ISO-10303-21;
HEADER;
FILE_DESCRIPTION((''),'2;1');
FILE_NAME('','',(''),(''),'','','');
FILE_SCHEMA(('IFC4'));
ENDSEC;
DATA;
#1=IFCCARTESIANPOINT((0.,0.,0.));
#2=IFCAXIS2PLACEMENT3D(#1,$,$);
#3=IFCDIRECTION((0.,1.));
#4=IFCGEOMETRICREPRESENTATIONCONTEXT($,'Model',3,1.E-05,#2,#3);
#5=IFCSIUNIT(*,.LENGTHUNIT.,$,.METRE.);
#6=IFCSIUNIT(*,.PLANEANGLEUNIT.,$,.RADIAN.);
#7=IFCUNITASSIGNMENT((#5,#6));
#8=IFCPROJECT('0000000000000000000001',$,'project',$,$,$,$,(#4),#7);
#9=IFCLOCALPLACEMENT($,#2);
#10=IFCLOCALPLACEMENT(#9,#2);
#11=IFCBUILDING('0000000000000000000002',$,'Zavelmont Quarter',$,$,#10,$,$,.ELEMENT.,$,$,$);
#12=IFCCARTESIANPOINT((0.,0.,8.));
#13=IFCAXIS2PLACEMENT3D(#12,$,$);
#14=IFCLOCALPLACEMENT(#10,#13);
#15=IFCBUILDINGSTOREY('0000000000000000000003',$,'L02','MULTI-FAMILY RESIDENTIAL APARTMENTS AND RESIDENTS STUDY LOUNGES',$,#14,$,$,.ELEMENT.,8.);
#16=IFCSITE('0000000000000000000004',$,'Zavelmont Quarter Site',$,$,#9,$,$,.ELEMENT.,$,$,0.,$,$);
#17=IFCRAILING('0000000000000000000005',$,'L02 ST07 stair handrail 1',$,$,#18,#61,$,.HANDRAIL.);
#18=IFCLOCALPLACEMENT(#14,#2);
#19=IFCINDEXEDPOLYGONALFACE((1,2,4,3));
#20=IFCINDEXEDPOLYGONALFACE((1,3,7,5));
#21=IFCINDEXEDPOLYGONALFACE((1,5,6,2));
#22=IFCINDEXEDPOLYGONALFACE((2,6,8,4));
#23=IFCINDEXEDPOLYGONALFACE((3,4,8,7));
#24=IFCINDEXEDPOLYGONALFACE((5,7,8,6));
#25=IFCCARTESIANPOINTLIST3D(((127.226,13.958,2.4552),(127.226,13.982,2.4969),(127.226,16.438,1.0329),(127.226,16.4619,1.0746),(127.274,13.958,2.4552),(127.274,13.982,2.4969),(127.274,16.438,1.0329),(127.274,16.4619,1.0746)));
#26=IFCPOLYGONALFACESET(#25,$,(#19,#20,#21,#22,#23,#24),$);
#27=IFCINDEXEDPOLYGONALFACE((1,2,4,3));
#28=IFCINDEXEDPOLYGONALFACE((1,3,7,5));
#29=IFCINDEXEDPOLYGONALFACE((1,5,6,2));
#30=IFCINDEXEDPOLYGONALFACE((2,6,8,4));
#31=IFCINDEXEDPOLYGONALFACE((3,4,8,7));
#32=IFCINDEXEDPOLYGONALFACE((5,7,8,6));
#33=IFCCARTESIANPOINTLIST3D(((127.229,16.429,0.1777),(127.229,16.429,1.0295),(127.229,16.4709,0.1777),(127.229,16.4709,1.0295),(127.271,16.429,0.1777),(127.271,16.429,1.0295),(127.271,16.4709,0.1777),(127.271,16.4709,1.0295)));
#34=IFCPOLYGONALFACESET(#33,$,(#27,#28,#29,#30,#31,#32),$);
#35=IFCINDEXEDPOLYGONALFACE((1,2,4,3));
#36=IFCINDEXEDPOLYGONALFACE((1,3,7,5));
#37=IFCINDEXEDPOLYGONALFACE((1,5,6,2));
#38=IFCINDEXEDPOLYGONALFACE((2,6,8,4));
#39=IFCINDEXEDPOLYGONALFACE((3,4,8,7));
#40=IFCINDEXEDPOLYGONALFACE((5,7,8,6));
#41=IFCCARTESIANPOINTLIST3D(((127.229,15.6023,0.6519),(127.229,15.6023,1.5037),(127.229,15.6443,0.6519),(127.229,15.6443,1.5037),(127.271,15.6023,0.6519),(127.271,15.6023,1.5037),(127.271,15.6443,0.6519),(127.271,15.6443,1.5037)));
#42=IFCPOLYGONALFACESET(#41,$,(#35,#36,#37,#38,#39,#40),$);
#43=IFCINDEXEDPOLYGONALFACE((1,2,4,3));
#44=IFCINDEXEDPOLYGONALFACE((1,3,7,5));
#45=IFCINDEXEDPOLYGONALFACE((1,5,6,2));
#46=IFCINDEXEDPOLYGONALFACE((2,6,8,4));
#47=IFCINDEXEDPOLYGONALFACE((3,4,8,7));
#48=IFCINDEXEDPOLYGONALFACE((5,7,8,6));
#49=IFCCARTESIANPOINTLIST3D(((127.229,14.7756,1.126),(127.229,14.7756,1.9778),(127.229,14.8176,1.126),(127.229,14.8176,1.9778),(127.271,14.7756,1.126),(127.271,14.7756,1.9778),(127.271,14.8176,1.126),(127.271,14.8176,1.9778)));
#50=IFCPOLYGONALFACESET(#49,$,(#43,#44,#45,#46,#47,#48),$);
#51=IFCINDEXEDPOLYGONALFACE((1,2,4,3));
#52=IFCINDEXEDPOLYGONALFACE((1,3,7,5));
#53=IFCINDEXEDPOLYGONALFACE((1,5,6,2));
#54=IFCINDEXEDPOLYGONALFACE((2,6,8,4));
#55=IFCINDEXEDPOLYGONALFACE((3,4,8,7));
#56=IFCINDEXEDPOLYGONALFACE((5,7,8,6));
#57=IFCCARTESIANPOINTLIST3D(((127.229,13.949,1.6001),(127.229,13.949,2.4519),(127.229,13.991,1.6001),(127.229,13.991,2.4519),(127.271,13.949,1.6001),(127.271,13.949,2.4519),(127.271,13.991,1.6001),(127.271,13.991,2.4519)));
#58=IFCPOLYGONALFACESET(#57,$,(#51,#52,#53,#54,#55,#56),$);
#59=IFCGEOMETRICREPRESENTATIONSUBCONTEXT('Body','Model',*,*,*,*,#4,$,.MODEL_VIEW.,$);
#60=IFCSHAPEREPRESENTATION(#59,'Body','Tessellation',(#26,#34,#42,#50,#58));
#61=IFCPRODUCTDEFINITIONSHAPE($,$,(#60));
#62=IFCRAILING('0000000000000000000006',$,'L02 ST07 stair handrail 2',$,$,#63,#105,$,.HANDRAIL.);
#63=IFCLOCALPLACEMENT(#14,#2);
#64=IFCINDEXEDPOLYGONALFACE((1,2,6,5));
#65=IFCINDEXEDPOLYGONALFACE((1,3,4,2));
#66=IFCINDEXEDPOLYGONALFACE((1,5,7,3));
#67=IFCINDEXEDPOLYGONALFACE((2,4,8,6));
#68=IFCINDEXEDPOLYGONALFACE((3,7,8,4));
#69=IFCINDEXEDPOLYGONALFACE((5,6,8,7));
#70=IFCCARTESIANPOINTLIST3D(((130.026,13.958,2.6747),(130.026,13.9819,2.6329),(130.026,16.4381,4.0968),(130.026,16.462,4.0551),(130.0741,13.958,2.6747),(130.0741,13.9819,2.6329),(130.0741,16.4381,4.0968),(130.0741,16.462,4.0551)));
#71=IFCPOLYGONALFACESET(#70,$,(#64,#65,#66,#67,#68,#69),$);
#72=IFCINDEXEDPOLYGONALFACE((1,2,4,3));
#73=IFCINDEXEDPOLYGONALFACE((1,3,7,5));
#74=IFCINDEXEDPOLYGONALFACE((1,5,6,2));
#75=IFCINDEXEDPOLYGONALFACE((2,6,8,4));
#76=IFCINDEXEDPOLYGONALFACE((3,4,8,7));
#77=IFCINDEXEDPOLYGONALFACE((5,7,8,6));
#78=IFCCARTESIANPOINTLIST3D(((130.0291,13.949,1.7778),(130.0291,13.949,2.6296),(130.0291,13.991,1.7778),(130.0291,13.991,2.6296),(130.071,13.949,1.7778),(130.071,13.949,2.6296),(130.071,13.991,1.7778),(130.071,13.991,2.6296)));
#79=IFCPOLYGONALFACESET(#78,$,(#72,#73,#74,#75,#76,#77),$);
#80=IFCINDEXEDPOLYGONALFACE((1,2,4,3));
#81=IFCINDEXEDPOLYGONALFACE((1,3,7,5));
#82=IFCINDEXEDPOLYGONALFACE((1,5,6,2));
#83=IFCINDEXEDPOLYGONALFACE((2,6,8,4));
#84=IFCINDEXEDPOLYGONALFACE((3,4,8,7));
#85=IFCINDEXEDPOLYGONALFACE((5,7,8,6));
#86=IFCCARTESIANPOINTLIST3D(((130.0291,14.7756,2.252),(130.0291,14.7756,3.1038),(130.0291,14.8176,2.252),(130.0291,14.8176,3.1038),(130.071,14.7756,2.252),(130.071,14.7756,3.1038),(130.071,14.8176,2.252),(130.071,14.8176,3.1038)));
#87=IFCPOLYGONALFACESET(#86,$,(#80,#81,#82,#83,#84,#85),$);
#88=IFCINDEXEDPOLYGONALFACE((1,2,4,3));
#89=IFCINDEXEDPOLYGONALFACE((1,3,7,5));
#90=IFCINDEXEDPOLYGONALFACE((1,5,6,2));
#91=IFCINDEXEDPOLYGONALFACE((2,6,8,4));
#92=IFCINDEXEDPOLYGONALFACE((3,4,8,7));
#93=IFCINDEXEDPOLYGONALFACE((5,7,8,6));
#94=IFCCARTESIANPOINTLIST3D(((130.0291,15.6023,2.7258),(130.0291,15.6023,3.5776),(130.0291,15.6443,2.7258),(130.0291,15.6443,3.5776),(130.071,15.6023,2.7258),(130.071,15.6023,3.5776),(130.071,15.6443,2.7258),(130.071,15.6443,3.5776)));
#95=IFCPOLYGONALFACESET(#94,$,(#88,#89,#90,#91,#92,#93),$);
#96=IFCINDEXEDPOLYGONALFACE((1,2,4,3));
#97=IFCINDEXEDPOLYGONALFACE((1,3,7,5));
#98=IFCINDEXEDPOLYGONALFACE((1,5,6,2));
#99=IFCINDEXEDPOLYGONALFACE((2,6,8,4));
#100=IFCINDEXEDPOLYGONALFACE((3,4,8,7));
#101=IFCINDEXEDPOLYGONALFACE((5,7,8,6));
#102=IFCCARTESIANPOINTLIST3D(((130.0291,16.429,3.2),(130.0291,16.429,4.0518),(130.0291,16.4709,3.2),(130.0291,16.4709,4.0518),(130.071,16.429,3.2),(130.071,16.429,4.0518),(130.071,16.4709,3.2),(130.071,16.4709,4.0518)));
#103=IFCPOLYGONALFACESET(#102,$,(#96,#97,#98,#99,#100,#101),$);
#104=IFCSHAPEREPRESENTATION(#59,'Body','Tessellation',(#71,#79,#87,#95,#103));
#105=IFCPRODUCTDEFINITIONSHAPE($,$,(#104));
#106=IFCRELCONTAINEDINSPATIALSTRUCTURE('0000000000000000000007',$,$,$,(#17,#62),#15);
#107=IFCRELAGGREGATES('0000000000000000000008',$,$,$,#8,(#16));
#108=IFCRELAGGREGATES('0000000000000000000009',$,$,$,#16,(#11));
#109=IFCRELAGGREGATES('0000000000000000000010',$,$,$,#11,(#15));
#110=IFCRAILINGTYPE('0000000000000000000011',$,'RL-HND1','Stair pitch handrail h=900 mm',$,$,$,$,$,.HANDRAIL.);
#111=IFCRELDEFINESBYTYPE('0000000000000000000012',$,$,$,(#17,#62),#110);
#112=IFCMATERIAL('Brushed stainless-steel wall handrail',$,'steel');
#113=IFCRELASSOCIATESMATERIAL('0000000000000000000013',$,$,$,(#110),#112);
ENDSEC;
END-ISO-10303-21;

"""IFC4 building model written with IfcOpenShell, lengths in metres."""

from ifc_helpers import new_model, si_unit, direction, frame, origin, origin_2d, place, context, subcontext, project, spatial, rectangle, extrude, material, type_object, element, save


model = new_model("IFC4")

# Units and contexts
model_context = context("Model", 3, precision=1e-05, world=origin(), true_north=direction((0.0, 1.0)))
body_context = subcontext(model_context, "Body", "Model", "MODEL_VIEW")
ifc_project = project(units=[si_unit("LENGTHUNIT", "METRE"), si_unit("PLANEANGLEUNIT", "RADIAN")], contexts=[model_context])

# Site, building, storey
site_placement = place(None, origin())
site = spatial("IfcSite", under=ifc_project, at=site_placement, Name="Zavelmont Quarter Site", CompositionType="ELEMENT", RefElevation=0.0)
building_placement = place(site_placement, origin())
building = spatial("IfcBuilding", under=site, at=building_placement, Name="Zavelmont Quarter", CompositionType="ELEMENT")
storey_placement = place(building_placement, frame((0.0, 0.0, 8.0)))
storey = spatial("IfcBuildingStorey", under=building, at=storey_placement, Name="L02", Description="MULTI-FAMILY RESIDENTIAL APARTMENTS AND RESIDENTS STUDY LOUNGES", CompositionType="ELEMENT", Elevation=8.0)

# Railings
ifc_material_1 = material(Name="Brushed stainless-steel wall handrail", Category="steel")
railing_type_1 = type_object("IfcRailingType", Name="RL-HND1", Description="Stair pitch handrail h=900 mm", PredefinedType="HANDRAIL", material=ifc_material_1)
railing_1_placement = place(storey_placement, frame((127.25, 16.45, 0.1777)))
element("IfcRailing", 1, at=railing_1_placement, inside=storey, type_object=railing_type_1, Name="L02 ST07 stair handrail 1", PredefinedType="HANDRAIL", context=body_context, shape_type="SweptSolid", body=[
    extrude(rectangle(XDim=0.0481, YDim=0.0481, at=origin_2d()), frame((0.0, 0.0, 0.876), z_axis=(0.0, -0.867454, 0.497518), x_axis=(1.0, 0.0, 0.0)), (0.0, 0.0, 1.0), 2.8589),
    extrude(rectangle(XDim=0.042, YDim=0.042, at=origin_2d()), origin(), (0.0, 0.0, 1.0), 0.8518),
    extrude(rectangle(XDim=0.042, YDim=0.042, at=origin_2d()), frame((0.0, -0.8267, 0.4741)), (0.0, 0.0, 1.0), 0.8518),
    extrude(rectangle(XDim=0.042, YDim=0.042, at=origin_2d()), frame((0.0, -1.6533, 0.9482)), (0.0, 0.0, 1.0), 0.8518),
    extrude(rectangle(XDim=0.042, YDim=0.042, at=origin_2d()), frame((0.0, -2.48, 1.4224)), (0.0, 0.0, 1.0), 0.8518),
])
railing_2_placement = place(storey_placement, frame((130.05, 13.97, 1.7778)))
element("IfcRailing", 2, at=railing_2_placement, inside=storey, type_object=railing_type_1, Name="L02 ST07 stair handrail 2", PredefinedType="HANDRAIL", context=body_context, shape_type="SweptSolid", body=[
    extrude(rectangle(XDim=0.0481, YDim=0.0481, at=origin_2d()), frame((0.0, 0.0, 0.876), z_axis=(0.0, 0.867491, 0.497454), x_axis=(-1.0, 0.0, 0.0)), (0.0, 0.0, 1.0), 2.8589),
    extrude(rectangle(XDim=0.042, YDim=0.042, at=origin_2d()), origin(), (0.0, 0.0, 1.0), 0.8518),
    extrude(rectangle(XDim=0.042, YDim=0.042, at=origin_2d()), frame((0.0, 0.8267, 0.4741)), (0.0, 0.0, 1.0), 0.8518),
    extrude(rectangle(XDim=0.042, YDim=0.042, at=origin_2d()), frame((0.0, 1.6533, 0.948)), (0.0, 0.0, 1.0), 0.8518),
    extrude(rectangle(XDim=0.042, YDim=0.042, at=origin_2d()), frame((0.0, 2.48, 1.4221)), (0.0, 0.0, 1.0), 0.8518),
])

save(model, "model.ifc")
